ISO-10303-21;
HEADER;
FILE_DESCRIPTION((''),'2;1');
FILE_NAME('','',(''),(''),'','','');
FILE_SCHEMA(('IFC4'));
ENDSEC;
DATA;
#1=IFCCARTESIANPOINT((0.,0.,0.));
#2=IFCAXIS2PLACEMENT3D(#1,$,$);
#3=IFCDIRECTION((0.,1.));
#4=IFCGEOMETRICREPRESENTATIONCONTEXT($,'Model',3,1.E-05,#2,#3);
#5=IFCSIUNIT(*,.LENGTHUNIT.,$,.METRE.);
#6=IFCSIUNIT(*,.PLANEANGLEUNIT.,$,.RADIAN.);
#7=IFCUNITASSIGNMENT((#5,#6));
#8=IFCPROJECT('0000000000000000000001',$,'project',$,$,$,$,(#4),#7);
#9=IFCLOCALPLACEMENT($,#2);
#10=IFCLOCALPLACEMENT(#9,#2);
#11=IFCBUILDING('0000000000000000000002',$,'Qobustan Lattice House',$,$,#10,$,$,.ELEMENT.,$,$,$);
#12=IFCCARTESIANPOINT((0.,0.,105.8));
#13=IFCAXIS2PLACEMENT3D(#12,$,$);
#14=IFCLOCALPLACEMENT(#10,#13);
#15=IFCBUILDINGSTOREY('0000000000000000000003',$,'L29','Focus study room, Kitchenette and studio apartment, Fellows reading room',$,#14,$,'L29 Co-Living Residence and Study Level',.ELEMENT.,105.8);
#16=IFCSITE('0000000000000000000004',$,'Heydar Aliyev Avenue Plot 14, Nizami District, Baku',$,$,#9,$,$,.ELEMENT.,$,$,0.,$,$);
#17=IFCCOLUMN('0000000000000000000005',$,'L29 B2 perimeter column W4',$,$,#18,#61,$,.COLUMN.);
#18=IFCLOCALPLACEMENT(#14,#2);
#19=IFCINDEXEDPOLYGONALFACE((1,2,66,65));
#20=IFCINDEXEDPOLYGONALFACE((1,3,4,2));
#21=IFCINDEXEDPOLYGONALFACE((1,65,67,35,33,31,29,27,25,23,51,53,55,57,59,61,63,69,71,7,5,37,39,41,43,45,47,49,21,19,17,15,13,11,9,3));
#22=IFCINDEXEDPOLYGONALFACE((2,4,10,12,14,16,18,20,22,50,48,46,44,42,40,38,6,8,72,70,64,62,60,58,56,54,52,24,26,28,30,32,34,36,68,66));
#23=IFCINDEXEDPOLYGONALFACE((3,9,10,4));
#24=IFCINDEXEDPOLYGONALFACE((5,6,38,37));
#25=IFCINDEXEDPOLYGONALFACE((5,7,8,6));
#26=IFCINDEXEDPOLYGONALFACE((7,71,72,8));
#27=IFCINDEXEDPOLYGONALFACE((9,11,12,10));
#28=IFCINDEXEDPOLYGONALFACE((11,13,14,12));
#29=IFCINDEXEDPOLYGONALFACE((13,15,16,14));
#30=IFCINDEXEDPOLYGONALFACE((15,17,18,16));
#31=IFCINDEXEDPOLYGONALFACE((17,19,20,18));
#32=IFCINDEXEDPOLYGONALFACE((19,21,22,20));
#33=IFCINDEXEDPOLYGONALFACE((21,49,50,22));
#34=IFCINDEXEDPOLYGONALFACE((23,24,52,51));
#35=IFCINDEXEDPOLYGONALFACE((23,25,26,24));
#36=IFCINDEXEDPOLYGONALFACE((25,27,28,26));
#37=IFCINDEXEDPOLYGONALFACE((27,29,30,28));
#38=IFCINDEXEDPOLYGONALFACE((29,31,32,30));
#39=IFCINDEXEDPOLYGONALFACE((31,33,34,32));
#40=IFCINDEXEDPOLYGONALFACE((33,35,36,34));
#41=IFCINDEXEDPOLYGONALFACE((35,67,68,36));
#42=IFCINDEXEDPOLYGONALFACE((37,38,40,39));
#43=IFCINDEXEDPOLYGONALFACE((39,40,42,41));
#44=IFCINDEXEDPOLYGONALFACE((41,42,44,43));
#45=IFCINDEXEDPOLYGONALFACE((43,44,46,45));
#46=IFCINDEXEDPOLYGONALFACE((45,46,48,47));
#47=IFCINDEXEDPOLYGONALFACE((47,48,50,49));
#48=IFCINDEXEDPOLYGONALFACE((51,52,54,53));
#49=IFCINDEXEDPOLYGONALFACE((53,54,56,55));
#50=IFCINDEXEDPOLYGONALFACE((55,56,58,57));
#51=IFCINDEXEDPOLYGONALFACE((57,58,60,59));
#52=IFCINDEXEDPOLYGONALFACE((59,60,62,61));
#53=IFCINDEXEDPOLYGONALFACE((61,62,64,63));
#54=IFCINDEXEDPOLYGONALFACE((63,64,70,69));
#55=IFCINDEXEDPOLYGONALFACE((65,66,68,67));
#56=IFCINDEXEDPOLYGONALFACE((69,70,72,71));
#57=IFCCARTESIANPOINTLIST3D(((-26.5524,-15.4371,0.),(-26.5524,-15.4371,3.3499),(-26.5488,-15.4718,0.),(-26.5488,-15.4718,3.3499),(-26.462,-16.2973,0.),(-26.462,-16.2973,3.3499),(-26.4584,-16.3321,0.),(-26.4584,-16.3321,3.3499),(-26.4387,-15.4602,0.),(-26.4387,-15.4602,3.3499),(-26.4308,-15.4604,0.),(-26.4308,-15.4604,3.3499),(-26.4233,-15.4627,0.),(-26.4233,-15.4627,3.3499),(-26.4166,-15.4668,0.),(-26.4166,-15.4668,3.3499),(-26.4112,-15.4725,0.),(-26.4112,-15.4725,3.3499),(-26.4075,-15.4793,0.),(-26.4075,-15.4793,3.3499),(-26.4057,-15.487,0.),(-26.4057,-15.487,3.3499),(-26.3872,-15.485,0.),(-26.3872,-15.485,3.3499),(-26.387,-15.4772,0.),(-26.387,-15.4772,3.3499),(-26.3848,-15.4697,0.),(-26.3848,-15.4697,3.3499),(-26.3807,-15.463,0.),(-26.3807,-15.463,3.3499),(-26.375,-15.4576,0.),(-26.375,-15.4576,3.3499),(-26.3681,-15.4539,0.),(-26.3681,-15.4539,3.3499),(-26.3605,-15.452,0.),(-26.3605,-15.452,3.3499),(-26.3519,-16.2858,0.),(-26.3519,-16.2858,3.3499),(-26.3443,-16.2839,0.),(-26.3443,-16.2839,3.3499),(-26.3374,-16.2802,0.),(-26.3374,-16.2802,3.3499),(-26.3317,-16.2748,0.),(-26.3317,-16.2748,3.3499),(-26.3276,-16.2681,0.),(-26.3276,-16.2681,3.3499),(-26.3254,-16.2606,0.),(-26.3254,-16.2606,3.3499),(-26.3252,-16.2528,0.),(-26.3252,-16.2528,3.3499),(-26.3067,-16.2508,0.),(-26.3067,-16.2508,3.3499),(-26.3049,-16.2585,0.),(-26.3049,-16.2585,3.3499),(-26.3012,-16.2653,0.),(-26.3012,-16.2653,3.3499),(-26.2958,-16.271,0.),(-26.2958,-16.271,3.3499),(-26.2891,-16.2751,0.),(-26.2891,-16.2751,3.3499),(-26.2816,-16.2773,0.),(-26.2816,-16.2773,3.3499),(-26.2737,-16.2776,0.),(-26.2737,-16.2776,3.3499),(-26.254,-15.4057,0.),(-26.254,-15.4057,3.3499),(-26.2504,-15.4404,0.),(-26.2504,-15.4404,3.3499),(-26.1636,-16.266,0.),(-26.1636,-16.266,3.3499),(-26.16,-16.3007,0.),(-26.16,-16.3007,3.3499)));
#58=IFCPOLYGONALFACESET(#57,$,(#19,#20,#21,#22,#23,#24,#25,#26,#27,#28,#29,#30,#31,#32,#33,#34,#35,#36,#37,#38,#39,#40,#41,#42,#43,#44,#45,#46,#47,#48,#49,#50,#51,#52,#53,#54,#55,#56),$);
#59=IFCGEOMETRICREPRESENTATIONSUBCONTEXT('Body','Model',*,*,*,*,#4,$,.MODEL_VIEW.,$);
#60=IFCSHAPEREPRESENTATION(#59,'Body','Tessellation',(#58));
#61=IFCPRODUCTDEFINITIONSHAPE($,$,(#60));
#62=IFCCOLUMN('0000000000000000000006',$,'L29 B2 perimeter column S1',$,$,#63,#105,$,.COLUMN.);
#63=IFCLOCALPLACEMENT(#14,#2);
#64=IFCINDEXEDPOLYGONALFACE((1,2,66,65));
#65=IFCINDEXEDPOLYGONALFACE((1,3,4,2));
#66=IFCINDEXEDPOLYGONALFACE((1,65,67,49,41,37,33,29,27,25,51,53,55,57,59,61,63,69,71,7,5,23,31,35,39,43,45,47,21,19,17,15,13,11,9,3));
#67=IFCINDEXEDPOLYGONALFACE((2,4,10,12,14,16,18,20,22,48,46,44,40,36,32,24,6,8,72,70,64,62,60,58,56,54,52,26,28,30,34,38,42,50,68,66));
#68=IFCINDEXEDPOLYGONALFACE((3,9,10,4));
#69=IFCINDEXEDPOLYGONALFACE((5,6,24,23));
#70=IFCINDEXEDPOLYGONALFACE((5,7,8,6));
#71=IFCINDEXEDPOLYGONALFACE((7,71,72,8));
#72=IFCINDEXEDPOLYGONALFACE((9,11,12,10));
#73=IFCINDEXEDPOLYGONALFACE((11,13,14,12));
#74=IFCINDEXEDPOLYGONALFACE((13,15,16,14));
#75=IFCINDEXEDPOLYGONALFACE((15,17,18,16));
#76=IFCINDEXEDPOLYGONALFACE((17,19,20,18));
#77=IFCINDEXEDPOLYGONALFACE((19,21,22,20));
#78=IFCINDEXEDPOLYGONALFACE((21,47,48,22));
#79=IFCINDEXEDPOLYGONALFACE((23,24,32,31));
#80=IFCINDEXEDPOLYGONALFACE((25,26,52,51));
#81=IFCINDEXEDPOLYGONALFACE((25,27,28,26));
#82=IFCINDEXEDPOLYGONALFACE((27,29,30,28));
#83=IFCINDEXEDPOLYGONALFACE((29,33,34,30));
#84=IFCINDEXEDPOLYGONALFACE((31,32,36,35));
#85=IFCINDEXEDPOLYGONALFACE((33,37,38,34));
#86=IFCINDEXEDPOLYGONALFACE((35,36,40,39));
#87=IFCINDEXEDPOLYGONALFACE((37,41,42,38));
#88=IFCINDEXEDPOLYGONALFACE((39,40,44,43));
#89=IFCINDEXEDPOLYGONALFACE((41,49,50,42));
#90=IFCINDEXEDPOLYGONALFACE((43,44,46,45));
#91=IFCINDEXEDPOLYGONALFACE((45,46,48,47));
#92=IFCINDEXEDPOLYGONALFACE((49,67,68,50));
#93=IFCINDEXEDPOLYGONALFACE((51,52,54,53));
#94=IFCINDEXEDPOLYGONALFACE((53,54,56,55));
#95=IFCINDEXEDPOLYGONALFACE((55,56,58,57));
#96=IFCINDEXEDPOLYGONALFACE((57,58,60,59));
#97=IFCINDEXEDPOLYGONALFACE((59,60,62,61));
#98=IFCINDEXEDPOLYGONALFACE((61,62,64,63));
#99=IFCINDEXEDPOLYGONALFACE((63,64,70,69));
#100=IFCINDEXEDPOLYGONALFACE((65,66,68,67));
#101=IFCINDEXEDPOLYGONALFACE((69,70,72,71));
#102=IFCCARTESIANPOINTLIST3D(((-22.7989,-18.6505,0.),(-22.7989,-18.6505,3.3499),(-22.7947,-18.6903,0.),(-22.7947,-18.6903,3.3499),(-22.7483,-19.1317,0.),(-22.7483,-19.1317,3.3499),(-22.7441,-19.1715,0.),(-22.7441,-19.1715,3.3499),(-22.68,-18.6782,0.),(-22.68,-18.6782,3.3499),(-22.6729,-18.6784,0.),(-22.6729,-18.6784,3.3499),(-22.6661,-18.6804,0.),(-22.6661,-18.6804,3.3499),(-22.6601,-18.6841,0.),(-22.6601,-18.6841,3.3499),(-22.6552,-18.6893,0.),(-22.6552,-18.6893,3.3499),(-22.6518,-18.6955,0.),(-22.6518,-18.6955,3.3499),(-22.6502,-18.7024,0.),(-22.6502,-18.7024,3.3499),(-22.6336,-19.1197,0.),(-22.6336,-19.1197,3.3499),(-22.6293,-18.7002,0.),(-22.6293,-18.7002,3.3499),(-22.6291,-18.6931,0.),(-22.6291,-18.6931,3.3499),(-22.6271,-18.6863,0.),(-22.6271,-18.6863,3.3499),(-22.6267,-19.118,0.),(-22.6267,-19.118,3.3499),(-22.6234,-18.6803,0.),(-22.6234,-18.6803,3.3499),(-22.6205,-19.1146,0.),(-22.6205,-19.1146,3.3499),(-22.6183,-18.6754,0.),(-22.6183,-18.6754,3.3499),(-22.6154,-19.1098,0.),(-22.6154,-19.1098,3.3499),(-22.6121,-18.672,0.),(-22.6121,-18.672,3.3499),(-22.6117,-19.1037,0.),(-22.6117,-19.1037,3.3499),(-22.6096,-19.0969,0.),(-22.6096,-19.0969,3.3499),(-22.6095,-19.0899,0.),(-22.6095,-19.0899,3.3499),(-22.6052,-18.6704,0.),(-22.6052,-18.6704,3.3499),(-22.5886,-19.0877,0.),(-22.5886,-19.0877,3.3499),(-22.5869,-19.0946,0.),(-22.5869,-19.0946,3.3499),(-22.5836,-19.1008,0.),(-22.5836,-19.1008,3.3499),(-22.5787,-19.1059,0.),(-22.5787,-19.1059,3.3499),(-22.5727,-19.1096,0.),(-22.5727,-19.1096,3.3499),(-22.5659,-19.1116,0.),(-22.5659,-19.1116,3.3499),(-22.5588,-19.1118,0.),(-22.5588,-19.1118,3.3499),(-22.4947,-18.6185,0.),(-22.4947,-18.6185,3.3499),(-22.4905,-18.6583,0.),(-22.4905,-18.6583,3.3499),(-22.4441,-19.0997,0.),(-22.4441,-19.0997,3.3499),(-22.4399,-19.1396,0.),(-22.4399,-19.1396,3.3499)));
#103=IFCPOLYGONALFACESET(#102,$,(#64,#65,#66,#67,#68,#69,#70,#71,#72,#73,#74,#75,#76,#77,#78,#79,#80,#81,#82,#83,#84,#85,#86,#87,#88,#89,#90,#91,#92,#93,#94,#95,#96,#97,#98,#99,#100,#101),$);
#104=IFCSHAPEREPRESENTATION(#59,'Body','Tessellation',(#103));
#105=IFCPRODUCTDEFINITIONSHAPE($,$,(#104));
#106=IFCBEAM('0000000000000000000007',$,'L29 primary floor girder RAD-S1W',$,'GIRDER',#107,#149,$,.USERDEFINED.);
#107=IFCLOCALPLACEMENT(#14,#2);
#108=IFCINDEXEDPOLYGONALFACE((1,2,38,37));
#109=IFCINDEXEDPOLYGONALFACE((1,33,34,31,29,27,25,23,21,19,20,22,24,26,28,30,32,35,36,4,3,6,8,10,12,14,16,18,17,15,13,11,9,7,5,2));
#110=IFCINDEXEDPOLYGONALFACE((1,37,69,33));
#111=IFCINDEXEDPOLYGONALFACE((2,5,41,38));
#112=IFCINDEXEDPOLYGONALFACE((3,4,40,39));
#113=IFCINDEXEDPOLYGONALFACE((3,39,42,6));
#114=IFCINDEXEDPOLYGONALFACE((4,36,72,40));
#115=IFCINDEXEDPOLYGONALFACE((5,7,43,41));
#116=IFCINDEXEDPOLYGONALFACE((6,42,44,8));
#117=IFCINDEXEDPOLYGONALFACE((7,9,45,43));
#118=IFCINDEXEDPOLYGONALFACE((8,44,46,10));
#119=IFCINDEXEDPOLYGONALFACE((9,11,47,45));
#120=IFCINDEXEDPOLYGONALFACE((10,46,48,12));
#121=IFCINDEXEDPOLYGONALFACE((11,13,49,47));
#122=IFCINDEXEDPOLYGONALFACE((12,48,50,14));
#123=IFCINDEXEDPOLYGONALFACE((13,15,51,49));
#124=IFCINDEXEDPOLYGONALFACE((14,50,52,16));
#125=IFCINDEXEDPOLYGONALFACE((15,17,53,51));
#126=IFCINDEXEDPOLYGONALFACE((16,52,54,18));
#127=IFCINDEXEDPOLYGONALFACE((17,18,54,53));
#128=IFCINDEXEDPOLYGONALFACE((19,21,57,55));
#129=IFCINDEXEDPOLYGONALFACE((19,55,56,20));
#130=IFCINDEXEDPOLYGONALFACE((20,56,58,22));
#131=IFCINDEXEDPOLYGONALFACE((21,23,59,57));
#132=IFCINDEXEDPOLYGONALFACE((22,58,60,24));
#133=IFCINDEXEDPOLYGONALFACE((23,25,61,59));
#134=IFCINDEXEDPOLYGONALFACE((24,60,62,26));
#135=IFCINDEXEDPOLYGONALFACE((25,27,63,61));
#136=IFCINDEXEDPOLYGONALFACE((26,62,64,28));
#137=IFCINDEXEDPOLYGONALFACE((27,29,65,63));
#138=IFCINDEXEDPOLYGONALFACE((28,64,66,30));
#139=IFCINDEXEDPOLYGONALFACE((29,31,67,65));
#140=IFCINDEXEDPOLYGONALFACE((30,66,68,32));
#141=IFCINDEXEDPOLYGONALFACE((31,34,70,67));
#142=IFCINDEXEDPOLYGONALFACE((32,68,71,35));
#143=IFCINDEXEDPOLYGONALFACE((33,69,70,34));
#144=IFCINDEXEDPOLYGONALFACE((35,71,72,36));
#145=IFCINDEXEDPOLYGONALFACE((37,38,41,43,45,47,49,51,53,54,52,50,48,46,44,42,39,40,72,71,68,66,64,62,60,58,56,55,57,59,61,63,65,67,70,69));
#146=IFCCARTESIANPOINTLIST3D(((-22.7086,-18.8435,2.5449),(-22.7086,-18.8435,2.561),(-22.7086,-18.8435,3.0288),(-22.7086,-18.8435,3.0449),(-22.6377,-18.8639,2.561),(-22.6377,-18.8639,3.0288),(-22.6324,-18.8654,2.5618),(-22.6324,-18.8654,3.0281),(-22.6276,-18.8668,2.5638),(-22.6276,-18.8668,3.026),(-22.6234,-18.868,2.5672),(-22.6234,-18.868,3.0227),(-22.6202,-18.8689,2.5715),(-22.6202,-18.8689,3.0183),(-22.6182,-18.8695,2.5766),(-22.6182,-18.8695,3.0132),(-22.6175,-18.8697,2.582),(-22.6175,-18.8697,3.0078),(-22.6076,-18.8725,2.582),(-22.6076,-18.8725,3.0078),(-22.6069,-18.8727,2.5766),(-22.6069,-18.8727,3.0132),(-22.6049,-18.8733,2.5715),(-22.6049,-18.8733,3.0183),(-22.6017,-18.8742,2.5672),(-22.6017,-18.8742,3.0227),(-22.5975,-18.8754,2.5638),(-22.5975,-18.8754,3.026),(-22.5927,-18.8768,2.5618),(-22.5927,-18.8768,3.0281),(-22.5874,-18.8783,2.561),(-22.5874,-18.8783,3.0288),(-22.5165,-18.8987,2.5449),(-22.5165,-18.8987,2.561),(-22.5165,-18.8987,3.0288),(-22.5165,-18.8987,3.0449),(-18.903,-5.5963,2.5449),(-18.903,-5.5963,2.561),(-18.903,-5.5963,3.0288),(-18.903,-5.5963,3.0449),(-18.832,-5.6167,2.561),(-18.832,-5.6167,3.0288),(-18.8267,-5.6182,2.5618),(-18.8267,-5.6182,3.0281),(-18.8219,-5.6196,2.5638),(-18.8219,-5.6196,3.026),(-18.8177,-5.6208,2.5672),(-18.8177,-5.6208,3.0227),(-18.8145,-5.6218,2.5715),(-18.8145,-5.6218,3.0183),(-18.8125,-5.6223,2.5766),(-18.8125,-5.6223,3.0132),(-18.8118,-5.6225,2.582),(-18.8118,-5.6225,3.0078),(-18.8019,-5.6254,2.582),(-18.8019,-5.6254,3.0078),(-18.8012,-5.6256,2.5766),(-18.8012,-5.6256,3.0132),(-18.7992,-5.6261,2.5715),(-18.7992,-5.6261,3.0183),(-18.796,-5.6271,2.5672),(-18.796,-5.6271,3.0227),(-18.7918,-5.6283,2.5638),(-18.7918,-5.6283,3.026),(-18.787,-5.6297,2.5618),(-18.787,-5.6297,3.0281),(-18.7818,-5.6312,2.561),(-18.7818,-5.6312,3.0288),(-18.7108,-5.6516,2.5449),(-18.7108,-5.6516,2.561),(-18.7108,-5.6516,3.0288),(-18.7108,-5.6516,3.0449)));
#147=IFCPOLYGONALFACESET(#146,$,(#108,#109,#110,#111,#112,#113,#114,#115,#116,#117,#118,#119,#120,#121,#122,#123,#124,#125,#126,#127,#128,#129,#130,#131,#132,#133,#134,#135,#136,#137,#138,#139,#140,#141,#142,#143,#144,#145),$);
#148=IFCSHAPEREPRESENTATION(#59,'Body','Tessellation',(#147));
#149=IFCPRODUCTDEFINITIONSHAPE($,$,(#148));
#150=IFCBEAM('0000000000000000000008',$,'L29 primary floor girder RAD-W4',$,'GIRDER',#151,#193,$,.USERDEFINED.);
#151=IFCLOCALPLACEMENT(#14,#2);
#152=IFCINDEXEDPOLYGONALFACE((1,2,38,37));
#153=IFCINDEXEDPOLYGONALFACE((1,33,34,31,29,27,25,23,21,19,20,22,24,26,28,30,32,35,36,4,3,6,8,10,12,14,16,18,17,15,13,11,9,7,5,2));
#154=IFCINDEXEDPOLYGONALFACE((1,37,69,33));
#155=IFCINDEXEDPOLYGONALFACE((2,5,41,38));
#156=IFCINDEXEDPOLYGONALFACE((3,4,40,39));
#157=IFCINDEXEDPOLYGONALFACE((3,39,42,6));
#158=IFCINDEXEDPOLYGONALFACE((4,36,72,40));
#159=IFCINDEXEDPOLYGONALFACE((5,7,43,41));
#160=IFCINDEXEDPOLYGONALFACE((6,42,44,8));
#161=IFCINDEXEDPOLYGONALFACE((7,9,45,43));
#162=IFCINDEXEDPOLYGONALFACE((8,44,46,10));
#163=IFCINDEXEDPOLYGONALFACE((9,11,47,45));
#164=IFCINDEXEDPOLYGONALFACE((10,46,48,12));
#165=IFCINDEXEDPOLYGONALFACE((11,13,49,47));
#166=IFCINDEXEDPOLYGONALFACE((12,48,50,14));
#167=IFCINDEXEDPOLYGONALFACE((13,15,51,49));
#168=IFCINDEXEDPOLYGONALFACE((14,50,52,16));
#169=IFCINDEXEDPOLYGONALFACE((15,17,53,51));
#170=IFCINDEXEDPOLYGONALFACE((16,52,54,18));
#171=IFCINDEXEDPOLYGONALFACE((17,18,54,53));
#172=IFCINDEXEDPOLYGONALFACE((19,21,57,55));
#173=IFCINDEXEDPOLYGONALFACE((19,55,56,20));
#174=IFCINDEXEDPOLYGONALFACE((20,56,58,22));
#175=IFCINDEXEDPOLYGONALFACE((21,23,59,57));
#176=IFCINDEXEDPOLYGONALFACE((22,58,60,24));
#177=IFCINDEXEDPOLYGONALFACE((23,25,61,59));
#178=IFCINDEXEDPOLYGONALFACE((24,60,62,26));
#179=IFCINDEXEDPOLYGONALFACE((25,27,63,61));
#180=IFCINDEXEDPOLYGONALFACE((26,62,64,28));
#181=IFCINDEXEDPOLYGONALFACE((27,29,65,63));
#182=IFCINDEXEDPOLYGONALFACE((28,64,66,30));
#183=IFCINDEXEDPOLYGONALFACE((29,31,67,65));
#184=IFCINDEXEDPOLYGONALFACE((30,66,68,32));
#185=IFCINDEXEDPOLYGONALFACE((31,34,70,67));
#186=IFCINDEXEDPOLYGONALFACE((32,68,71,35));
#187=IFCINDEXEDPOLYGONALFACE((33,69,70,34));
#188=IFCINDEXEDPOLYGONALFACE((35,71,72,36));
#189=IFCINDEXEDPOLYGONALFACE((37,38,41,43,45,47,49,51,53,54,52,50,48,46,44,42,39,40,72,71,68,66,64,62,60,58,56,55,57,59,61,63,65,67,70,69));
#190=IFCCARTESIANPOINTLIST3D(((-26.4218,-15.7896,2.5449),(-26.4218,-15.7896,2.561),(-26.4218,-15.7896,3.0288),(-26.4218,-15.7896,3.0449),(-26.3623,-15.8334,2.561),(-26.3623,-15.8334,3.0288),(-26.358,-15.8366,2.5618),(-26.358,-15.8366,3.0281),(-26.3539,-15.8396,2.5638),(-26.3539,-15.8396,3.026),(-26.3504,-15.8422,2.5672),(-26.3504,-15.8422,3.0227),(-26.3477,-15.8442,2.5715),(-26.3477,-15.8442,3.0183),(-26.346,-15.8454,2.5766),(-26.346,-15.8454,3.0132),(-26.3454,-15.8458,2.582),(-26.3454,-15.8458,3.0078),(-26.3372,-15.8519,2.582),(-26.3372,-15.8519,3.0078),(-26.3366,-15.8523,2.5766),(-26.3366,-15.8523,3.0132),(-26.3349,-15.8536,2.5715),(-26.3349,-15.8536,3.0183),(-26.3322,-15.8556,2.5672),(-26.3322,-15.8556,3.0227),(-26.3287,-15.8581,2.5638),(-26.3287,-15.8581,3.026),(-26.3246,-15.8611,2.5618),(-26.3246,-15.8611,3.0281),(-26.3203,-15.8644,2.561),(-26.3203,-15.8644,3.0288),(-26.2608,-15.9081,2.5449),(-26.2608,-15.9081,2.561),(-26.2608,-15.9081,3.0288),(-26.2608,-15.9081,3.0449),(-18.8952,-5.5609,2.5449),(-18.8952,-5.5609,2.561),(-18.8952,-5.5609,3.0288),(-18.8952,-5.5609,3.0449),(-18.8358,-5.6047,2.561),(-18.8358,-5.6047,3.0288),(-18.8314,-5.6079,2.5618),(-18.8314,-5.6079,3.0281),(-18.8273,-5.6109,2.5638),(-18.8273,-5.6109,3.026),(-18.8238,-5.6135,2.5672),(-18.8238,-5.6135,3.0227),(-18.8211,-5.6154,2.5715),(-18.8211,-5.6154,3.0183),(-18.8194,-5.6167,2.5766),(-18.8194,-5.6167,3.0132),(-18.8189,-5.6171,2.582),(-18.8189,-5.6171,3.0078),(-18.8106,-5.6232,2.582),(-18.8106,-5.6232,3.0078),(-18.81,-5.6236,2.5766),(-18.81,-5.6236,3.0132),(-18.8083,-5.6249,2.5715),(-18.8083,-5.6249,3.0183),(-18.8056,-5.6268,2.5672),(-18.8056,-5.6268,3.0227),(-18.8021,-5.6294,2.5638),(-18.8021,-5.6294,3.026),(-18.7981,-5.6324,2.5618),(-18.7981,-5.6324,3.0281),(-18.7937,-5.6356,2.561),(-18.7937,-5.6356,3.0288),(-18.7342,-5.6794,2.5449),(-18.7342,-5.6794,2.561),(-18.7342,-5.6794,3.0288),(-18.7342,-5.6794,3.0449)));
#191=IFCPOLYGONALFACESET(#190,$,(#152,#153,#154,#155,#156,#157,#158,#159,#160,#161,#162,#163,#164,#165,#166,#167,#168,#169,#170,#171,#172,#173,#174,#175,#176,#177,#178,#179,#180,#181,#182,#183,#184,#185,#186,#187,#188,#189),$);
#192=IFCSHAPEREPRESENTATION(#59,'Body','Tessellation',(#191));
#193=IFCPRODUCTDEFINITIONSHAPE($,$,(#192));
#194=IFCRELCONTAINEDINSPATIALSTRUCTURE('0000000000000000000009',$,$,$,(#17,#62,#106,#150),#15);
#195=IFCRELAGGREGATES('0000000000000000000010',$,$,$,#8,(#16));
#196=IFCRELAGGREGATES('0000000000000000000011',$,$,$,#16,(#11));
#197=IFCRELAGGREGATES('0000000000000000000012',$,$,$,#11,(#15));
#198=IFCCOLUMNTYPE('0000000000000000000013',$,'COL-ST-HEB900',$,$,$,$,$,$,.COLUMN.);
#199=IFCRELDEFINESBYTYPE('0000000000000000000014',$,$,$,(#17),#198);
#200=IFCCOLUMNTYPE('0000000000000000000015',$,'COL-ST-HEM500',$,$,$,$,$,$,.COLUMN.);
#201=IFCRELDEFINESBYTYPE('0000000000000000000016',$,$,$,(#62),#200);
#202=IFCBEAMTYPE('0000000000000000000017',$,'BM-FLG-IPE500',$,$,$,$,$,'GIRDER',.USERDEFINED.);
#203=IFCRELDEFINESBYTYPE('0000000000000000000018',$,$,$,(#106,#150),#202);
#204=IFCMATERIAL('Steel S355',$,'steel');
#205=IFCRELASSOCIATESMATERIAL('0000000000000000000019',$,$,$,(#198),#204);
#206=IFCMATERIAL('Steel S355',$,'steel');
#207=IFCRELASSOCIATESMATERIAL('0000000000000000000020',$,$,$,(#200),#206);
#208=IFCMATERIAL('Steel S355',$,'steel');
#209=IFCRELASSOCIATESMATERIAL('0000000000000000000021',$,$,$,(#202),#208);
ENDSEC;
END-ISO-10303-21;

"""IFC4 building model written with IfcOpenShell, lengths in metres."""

from ifc_helpers import new_model, si_unit, direction, frame, origin, origin_2d, place, context, subcontext, project, spatial, i_section, extrude, material, material_profile, profile_set, type_object, element, save


model = new_model("IFC4")

# Units and contexts
model_context = context("Model", 3, precision=1e-05, world=origin(), true_north=direction((0.0, 1.0)))
body_context = subcontext(model_context, "Body", "Model", "MODEL_VIEW")
ifc_project = project(units=[si_unit("LENGTHUNIT", "METRE"), si_unit("PLANEANGLEUNIT", "RADIAN")], contexts=[model_context])

# Site, building, storey
site_placement = place(None, origin())
site = spatial("IfcSite", under=ifc_project, at=site_placement, Name="Heydar Aliyev Avenue Plot 14, Nizami District, Baku", CompositionType="ELEMENT", RefElevation=0.0)
building_placement = place(site_placement, origin())
building = spatial("IfcBuilding", under=site, at=building_placement, Name="Qobustan Lattice House", CompositionType="ELEMENT")
storey_placement = place(building_placement, frame((0.0, 0.0, 105.8)))
storey = spatial("IfcBuildingStorey", under=building, at=storey_placement, Name="L29", Description="Focus study room, Kitchenette and studio apartment, Fellows reading room", LongName="L29 Co-Living Residence and Study Level", CompositionType="ELEMENT", Elevation=105.8)

# Columns
ifc_material_1 = material(Name="Steel S355", Category="steel")
ifc_material_profile_1 = material_profile(ifc_material_1, i_section(OverallWidth=0.3, OverallDepth=0.8999, WebThickness=0.0186, FlangeThickness=0.0349, FilletRadius=0.03, at=origin_2d()), Name="HEB900")
ifc_profile_set_1 = profile_set([ifc_material_profile_1], Name="Steel S355")
column_type_1 = type_object("IfcColumnType", Name="COL-ST-HEB900", PredefinedType="COLUMN", material=ifc_profile_set_1)
column_1_placement = place(storey_placement, frame((-26.3562, -15.8689, 0.0), z_axis=(0.0, 0.0, 1.0), x_axis=(0.994522, 0.104528, 0.0)))
element("IfcColumn", 1, at=column_1_placement, inside=storey, type_object=column_type_1, Name="L29 B2 perimeter column W4", PredefinedType="COLUMN", context=body_context, shape_type="SweptSolid", body=[
    extrude(i_section(OverallWidth=0.3, OverallDepth=0.8999, WebThickness=0.0186, FlangeThickness=0.0349, FilletRadius=0.03, at=origin_2d()), origin(), (0.0, 0.0, 1.0), 3.3499),
])
ifc_material_2 = material(Name="Steel S355", Category="steel")
ifc_material_profile_2 = material_profile(ifc_material_2, i_section(OverallWidth=0.3059, OverallDepth=0.5239, WebThickness=0.021, FlangeThickness=0.04, FilletRadius=0.0271, at=origin_2d()), Name="HEM500")
ifc_profile_set_2 = profile_set([ifc_material_profile_2], Name="Steel S355")
column_type_2 = type_object("IfcColumnType", Name="COL-ST-HEM500", PredefinedType="COLUMN", material=ifc_profile_set_2)
column_2_placement = place(storey_placement, frame((-22.6194, -18.895, 0.0), z_axis=(0.0, 0.0, 1.0), x_axis=(0.994522, 0.104528, 0.0)))
element("IfcColumn", 2, at=column_2_placement, inside=storey, type_object=column_type_2, Name="L29 B2 perimeter column S1", PredefinedType="COLUMN", context=body_context, shape_type="SweptSolid", body=[
    extrude(i_section(OverallWidth=0.3059, OverallDepth=0.5239, WebThickness=0.021, FlangeThickness=0.04, FilletRadius=0.0271, at=origin_2d()), origin(), (0.0, 0.0, 1.0), 3.3499),
])

# Beams
ifc_material_3 = material(Name="Steel S355", Category="steel")
ifc_material_profile_3 = material_profile(ifc_material_3, i_section(OverallWidth=0.2, OverallDepth=0.5, WebThickness=0.0103, FlangeThickness=0.0161, FilletRadius=0.021, at=origin_2d()), Name="IPE500")
ifc_profile_set_3 = profile_set([ifc_material_profile_3], Name="Steel S355")
beam_type_1 = type_object("IfcBeamType", Name="BM-FLG-IPE500", ElementType="GIRDER", PredefinedType="USERDEFINED", material=ifc_profile_set_3)
beam_1_placement = place(storey_placement, frame((-22.6125, -18.8711, 2.7949), z_axis=(0.276115, 0.961125, 0.0), x_axis=(-0.961125, 0.276115, 0.0)))
element("IfcBeam", 3, at=beam_1_placement, inside=storey, type_object=beam_type_1, Name="L29 primary floor girder RAD-S1W", ObjectType="GIRDER", PredefinedType="USERDEFINED", context=body_context, shape_type="SweptSolid", body=[
    extrude(i_section(OverallWidth=0.2, OverallDepth=0.5, WebThickness=0.0103, FlangeThickness=0.0161, FilletRadius=0.021, at=origin_2d()), origin(), (0.0, 0.0, 1.0), 13.783),
])
beam_2_placement = place(storey_placement, frame((-26.3413, -15.8489, 2.7949), z_axis=(0.59267, 0.805446, 0.0), x_axis=(-0.805446, 0.59267, 0.0)))
element("IfcBeam", 4, at=beam_2_placement, inside=storey, type_object=beam_type_1, Name="L29 primary floor girder RAD-W4", ObjectType="GIRDER", PredefinedType="USERDEFINED", context=body_context, shape_type="SweptSolid", body=[
    extrude(i_section(OverallWidth=0.2, OverallDepth=0.5, WebThickness=0.0103, FlangeThickness=0.0161, FilletRadius=0.021, at=origin_2d()), origin(), (0.0, 0.0, 1.0), 12.6995),
])

save(model, "model.ifc")
